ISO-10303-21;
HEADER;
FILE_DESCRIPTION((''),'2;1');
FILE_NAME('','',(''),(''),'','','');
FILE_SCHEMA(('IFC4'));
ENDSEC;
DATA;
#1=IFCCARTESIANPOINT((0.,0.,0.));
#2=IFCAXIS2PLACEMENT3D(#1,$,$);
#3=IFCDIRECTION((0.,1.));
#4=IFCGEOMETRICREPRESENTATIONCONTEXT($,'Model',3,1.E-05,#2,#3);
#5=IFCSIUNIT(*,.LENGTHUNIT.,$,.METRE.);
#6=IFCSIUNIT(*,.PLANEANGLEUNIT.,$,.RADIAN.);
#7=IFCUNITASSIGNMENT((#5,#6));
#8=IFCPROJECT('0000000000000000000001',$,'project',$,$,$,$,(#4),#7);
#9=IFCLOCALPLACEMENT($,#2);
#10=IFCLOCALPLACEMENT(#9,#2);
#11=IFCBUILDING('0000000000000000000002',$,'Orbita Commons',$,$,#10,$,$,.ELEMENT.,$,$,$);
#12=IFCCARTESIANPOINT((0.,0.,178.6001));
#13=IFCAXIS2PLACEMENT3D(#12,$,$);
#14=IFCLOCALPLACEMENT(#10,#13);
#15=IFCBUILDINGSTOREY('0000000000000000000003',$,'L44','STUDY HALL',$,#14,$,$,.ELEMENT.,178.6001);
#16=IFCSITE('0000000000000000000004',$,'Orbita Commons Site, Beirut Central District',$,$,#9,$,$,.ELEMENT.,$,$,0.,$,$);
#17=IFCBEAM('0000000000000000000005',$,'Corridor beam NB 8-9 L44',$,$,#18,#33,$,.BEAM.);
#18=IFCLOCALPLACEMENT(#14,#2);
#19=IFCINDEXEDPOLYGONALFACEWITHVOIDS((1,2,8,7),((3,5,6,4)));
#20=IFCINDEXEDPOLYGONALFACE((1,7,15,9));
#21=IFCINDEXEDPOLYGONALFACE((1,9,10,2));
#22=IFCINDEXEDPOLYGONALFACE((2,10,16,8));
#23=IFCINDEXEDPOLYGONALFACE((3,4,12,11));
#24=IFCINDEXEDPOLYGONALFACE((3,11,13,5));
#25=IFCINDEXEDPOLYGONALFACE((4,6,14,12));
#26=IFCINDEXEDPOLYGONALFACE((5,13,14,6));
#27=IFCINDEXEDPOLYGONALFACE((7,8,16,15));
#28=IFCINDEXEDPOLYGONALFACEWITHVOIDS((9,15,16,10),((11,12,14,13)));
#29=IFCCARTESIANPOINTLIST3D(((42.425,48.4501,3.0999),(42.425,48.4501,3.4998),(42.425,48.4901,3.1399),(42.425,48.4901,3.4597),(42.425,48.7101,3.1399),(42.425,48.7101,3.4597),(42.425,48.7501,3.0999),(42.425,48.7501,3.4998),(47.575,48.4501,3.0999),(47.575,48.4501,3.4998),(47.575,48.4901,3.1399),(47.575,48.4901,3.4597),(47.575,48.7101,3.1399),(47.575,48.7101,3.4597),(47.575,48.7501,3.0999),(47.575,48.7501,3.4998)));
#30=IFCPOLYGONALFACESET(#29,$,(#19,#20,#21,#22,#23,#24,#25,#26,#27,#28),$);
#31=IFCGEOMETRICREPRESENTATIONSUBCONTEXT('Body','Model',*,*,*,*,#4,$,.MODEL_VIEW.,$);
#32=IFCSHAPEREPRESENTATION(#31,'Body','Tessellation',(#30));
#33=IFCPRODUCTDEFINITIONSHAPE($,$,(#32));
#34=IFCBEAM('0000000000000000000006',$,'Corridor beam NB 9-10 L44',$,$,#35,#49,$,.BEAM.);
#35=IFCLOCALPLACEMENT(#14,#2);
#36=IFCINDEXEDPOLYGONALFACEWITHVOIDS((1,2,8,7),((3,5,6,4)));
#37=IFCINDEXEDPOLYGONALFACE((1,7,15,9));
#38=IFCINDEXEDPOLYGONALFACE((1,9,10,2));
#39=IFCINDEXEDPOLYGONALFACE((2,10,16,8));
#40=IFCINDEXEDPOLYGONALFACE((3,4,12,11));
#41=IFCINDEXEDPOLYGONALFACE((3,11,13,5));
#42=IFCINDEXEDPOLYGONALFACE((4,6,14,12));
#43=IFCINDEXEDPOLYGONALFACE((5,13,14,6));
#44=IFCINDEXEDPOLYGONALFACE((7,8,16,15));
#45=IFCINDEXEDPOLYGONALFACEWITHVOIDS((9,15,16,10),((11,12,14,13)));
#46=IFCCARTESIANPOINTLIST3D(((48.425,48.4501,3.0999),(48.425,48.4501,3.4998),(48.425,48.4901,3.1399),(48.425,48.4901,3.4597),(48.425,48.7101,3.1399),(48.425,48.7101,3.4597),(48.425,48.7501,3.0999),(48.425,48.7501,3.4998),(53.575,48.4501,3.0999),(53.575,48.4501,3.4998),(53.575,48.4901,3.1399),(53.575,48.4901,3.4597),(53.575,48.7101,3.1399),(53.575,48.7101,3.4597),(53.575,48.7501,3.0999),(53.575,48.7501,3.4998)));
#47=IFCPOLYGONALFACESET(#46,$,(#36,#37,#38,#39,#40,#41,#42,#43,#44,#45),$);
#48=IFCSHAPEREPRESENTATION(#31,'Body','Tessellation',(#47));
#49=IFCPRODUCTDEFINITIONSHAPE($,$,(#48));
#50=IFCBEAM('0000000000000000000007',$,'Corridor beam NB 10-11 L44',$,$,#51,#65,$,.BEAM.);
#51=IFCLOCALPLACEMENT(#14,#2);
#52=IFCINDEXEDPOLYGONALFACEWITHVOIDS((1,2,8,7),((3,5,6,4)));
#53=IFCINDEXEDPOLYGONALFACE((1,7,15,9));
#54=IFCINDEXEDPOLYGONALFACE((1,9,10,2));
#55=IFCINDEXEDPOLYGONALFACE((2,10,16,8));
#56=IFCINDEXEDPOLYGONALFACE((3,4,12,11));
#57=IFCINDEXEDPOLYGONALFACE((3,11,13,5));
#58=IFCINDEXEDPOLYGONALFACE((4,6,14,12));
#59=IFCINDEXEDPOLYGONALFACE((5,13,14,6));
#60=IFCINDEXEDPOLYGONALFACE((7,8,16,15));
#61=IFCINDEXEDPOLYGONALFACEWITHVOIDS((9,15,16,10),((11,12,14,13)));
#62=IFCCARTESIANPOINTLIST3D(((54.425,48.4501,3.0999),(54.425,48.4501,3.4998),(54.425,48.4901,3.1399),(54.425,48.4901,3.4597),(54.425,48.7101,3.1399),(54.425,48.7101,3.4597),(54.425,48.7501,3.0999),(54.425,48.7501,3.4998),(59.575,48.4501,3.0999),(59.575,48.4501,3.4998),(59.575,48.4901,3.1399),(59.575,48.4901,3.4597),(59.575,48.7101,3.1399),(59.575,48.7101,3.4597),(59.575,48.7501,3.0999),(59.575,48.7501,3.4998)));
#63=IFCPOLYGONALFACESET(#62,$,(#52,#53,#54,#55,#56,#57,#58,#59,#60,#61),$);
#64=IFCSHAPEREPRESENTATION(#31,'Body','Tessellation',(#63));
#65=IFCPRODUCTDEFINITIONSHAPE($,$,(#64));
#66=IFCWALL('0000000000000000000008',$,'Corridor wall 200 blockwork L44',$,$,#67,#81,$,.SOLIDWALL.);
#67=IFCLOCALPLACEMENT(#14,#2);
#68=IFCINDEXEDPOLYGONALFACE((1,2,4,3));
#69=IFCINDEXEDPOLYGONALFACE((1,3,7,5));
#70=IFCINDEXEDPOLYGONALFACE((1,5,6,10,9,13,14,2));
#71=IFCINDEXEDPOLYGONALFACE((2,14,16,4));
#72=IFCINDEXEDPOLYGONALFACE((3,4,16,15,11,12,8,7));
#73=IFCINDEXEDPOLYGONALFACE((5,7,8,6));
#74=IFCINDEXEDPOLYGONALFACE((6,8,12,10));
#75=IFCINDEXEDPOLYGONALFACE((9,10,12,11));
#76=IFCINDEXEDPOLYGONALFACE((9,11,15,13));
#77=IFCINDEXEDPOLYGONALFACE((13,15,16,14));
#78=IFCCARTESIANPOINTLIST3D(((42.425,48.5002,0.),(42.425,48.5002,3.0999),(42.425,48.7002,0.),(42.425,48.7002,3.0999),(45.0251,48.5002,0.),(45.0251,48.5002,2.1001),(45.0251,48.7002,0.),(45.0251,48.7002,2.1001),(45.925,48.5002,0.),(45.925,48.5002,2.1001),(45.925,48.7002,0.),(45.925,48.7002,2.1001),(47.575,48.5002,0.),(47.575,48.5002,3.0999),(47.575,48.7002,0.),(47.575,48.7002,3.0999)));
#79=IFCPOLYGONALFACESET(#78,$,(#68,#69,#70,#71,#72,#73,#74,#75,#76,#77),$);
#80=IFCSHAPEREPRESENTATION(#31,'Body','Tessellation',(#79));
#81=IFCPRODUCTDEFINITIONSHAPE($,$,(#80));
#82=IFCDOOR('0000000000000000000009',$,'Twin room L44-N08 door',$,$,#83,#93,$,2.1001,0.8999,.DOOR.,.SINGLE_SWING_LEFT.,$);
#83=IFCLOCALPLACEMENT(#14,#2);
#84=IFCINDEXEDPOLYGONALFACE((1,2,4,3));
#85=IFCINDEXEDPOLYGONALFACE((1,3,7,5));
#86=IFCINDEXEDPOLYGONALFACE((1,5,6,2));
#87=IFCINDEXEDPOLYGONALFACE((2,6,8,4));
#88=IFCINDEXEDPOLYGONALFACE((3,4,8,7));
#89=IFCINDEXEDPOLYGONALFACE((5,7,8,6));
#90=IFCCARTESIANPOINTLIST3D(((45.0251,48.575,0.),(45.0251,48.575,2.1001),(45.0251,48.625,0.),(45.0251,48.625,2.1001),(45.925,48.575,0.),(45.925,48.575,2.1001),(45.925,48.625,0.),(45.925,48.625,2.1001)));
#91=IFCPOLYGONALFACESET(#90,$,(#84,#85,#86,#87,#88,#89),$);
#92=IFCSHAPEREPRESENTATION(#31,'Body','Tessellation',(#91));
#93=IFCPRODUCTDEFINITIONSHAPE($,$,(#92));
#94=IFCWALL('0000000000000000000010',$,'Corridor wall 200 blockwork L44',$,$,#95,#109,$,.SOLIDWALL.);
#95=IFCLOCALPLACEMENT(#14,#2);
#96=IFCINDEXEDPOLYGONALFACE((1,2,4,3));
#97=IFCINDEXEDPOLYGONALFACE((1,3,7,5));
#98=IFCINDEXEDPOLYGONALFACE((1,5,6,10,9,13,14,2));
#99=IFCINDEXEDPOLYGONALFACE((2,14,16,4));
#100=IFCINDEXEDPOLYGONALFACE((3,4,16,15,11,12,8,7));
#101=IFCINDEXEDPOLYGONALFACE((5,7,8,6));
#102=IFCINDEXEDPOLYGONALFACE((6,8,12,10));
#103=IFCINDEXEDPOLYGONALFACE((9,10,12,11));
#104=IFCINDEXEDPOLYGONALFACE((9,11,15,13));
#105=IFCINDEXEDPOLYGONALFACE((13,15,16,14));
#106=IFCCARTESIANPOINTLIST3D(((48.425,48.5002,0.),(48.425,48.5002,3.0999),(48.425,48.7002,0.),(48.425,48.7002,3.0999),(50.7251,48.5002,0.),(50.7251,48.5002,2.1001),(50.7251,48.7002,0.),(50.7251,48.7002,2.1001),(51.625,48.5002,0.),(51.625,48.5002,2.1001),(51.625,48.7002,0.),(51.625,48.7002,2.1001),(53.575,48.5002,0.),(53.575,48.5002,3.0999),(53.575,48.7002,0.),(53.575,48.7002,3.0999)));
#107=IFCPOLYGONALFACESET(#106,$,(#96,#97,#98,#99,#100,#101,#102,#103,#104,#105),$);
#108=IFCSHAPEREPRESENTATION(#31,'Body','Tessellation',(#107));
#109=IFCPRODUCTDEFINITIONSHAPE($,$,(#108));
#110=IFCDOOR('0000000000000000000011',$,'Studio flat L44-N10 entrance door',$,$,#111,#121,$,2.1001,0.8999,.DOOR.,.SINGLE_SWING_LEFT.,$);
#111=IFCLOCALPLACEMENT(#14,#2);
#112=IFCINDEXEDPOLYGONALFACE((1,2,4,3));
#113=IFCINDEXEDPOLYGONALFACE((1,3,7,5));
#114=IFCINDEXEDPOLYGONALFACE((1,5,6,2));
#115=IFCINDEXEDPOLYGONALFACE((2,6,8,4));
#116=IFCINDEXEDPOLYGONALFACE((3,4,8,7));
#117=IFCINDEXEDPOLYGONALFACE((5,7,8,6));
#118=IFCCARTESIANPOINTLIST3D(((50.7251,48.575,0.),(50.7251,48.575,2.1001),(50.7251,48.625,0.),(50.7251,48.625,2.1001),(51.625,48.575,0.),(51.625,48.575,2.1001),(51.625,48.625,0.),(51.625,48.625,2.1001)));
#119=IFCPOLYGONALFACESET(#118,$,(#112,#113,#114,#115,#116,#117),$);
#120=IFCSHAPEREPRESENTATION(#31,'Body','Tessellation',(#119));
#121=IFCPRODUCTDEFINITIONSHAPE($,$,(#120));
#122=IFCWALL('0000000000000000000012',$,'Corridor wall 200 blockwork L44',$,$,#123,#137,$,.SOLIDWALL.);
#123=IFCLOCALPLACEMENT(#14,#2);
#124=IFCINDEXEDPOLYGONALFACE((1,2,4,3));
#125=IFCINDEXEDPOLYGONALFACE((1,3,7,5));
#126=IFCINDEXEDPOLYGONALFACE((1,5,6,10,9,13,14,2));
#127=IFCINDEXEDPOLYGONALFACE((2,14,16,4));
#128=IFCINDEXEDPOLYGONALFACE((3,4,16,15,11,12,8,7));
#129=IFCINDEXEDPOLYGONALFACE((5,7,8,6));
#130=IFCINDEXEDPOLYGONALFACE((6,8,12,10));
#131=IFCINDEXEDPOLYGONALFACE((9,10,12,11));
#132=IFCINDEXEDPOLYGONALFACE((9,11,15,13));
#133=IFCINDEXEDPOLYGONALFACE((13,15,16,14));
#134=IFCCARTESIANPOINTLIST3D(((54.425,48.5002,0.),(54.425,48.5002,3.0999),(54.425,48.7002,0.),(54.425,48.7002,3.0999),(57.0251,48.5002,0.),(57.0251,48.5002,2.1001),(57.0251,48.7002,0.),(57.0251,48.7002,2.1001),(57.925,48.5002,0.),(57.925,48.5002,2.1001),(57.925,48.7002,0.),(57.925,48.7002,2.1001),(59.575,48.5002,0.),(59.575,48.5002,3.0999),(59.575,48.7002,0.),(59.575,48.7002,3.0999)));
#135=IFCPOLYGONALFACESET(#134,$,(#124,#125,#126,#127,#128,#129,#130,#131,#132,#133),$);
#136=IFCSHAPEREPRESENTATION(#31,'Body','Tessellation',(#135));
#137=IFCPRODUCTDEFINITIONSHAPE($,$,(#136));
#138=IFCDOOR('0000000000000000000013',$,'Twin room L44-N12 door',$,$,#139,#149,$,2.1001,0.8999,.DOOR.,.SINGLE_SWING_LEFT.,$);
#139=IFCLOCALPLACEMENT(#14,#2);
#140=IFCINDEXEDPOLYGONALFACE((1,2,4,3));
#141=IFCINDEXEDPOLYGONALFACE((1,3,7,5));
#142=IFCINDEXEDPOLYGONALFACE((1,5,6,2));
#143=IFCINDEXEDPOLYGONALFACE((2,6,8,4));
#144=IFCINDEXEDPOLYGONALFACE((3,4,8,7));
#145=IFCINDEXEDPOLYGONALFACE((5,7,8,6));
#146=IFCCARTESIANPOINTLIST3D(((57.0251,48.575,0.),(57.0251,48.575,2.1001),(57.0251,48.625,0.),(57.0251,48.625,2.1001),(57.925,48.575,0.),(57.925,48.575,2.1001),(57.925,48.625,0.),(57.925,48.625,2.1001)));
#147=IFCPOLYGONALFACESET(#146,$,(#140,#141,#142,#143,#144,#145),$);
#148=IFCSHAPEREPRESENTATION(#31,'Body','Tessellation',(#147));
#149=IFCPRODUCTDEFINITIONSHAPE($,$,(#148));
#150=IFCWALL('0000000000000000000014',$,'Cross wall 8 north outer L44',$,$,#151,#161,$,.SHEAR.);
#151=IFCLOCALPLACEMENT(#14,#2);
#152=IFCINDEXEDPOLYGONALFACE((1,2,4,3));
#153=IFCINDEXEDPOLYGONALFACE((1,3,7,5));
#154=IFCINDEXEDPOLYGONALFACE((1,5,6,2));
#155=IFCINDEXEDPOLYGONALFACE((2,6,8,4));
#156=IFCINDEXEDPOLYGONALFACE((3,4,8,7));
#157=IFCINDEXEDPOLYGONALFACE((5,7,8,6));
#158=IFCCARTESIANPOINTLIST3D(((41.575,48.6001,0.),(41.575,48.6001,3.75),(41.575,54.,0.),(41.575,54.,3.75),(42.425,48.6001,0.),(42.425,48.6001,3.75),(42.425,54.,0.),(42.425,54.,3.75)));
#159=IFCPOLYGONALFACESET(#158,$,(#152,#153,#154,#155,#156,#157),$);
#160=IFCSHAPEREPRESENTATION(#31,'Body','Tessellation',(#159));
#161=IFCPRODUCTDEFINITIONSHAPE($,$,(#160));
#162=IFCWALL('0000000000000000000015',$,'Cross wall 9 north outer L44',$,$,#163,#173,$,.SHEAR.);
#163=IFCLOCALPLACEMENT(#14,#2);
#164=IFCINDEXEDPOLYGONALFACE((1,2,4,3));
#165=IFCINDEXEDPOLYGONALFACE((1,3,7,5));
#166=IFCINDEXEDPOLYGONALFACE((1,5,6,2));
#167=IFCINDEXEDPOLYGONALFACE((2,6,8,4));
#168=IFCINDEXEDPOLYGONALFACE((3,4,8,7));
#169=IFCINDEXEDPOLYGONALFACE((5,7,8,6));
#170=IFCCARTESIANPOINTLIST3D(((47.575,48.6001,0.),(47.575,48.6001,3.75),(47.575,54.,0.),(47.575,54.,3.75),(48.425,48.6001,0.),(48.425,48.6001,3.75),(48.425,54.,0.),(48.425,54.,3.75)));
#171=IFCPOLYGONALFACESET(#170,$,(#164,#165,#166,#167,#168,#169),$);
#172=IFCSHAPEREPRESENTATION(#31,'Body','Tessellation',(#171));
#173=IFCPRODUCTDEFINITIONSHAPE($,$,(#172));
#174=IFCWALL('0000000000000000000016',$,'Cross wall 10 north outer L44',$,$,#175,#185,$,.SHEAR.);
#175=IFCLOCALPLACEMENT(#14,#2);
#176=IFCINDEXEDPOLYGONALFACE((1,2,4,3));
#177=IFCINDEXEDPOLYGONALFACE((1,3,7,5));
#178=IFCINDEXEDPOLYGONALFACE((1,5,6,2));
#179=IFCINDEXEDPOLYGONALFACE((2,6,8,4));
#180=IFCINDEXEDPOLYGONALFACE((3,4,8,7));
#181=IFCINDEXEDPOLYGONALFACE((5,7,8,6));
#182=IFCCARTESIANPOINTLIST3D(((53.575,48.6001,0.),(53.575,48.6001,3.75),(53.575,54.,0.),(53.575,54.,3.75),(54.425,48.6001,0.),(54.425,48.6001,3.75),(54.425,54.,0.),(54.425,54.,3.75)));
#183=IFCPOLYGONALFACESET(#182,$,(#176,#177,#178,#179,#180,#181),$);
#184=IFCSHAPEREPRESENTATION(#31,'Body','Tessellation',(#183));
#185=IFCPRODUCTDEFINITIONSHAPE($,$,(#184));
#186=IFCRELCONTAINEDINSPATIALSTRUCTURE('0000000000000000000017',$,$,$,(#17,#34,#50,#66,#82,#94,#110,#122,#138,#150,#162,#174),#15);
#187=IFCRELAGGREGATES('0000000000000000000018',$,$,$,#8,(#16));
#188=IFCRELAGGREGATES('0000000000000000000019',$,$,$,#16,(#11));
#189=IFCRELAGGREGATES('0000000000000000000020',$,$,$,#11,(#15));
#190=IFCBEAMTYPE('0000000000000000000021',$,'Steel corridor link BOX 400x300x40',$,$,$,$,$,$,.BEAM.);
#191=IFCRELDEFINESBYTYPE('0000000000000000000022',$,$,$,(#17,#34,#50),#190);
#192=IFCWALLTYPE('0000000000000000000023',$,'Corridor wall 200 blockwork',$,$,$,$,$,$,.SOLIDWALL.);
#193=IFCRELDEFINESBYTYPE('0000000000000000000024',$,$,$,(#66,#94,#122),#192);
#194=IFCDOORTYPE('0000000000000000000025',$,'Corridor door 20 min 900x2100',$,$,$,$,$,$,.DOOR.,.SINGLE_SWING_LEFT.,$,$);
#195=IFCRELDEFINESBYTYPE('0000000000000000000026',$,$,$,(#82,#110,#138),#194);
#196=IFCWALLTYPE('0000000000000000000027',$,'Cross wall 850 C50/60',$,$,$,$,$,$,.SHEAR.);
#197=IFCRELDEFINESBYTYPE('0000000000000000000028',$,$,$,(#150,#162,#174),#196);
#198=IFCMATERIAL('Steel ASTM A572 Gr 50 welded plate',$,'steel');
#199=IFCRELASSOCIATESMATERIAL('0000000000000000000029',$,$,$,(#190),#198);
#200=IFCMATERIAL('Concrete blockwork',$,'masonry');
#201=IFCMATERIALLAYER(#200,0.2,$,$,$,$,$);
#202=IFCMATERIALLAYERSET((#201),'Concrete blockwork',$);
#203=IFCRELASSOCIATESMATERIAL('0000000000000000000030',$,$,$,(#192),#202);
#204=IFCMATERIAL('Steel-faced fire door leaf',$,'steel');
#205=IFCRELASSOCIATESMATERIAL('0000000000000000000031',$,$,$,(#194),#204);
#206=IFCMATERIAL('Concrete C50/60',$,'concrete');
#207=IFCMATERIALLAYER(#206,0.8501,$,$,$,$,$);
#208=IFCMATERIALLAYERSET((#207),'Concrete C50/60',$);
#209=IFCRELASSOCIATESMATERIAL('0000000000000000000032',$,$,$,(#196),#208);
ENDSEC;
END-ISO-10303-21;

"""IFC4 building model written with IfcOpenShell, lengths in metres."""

from ifc_helpers import new_model, si_unit, direction, frame, frame_2d, origin, origin_2d, place, context, subcontext, project, spatial, polyline, rectangle, hollow_rectangle, outline, extrude, material, layer, layer_set, material_profile, profile_set, type_object, element, fill, save


model = new_model("IFC4")

# Units and contexts
model_context = context("Model", 3, precision=1e-05, world=origin(), true_north=direction((0.0, 1.0)))
body_context = subcontext(model_context, "Body", "Model", "MODEL_VIEW")
ifc_project = project(units=[si_unit("LENGTHUNIT", "METRE"), si_unit("PLANEANGLEUNIT", "RADIAN")], contexts=[model_context])

# Site, building, storey
site_placement = place(None, origin())
site = spatial("IfcSite", under=ifc_project, at=site_placement, Name="Orbita Commons Site, Beirut Central District", CompositionType="ELEMENT", RefElevation=0.0)
building_placement = place(site_placement, origin())
building = spatial("IfcBuilding", under=site, at=building_placement, Name="Orbita Commons", CompositionType="ELEMENT")
storey_placement = place(building_placement, frame((0.0, 0.0, 178.6001)))
storey = spatial("IfcBuildingStorey", under=building, at=storey_placement, Name="L44", Description="STUDY HALL", CompositionType="ELEMENT", Elevation=178.6001)

# Beams
ifc_material_1 = material(Name="Steel ASTM A572 Gr 50 welded plate", Category="steel")
ifc_material_profile = material_profile(ifc_material_1, hollow_rectangle(XDim=0.3, YDim=0.3999, WallThickness=0.04, at=origin_2d()), Name="BOX 400x300x40")
ifc_profile_set = profile_set([ifc_material_profile], Name="Steel ASTM A572 Gr 50 welded plate")
beam_type = type_object("IfcBeamType", Name="Steel corridor link BOX 400x300x40", PredefinedType="BEAM", material=ifc_profile_set)
for number, where, z_axis, x_axis, name in (
    (1, (42.425, 48.6001, 3.2998), (1.0, 0.0, 0.0), (0.0, 1.0, 0.0), "Corridor beam NB 8-9 L44"),
    (2, (48.425, 48.6001, 3.2998), (1.0, 0.0, 0.0), (0.0, 1.0, 0.0), "Corridor beam NB 9-10 L44"),
    (3, (54.425, 48.6001, 3.2998), (1.0, 0.0, 0.0), (0.0, 1.0, 0.0), "Corridor beam NB 10-11 L44"),
):
    element("IfcBeam", number, at=place(storey_placement, frame(where, z_axis=z_axis, x_axis=x_axis)), inside=storey, type_object=beam_type, Name=name, PredefinedType="BEAM", context=body_context, shape_type="SweptSolid", body=[
        extrude(hollow_rectangle(XDim=0.3, YDim=0.3999, WallThickness=0.04, at=origin_2d()), origin(), (0.0, 0.0, 1.0), 5.1499),
    ])

# Walls, openings, doors
ifc_material_2 = material(Name="Concrete blockwork", Category="masonry")
ifc_layer_1 = layer(ifc_material_2, 0.2)
ifc_layer_set_1 = layer_set([ifc_layer_1], Name="Concrete blockwork")
wall_type_1 = type_object("IfcWallType", Name="Corridor wall 200 blockwork", PredefinedType="SOLIDWALL", material=ifc_layer_set_1)
wall_1_placement = place(storey_placement, frame((42.425, 48.6001, 0.0), z_axis=(0.0, 0.0, 1.0), x_axis=(1.0, 0.0, 0.0)))
wall_1 = element("IfcWall", 4, at=wall_1_placement, inside=storey, type_object=wall_type_1, Name="Corridor wall 200 blockwork L44", PredefinedType="SOLIDWALL", context=body_context, shape_type="SweptSolid", body=[
    extrude(outline(polyline([(0.0, 0.0), (5.1499, 0.0), (5.1499, 3.0999), (0.0, 3.0999), (0.0, 0.0)])), frame((0.0, 0.1001, 0.0), z_axis=(0.0, -1.0, 0.0), x_axis=(1.0, 0.0, 0.0)), (0.0, 0.0, 1.0), 0.2),
])
opening_1_placement = place(wall_1_placement, frame((2.6001, 0.0, 0.0)))
opening_1 = element("IfcOpeningElement", 5, at=opening_1_placement, cuts=wall_1, PredefinedType="OPENING", context=body_context, shape_type="SweptSolid", body=[
    extrude(rectangle(XDim=0.8999, YDim=2.1001, at=frame_2d((0.45, 1.05))), frame((0.0, 0.1099, 0.0), z_axis=(0.0, -1.0, 0.0), x_axis=(1.0, 0.0, 0.0)), (0.0, 0.0, 1.0), 0.22),
])
ifc_material_3 = material(Name="Steel-faced fire door leaf", Category="steel")
door_type_1 = type_object("IfcDoorType", Name="Corridor door 20 min 900x2100", OperationType="SINGLE_SWING_LEFT", PredefinedType="DOOR", material=ifc_material_3)
door_1_placement = place(opening_1_placement, origin())
door_1 = element("IfcDoor", 6, at=door_1_placement, inside=storey, type_object=door_type_1, Name="Twin room L44-N08 door", OperationType="SINGLE_SWING_LEFT", OverallHeight=2.1001, OverallWidth=0.8999, PredefinedType="DOOR", context=body_context, shape_type="SweptSolid", body=[
    extrude(rectangle(XDim=0.8999, YDim=2.1001, at=frame_2d((0.45, 1.05))), frame((0.0, 0.0249, 0.0), z_axis=(0.0, -1.0, 0.0), x_axis=(1.0, 0.0, 0.0)), (0.0, 0.0, 1.0), 0.05),
])
fill(opening_1, door_1)
wall_2_placement = place(storey_placement, frame((48.425, 48.6001, 0.0), z_axis=(0.0, 0.0, 1.0), x_axis=(1.0, 0.0, 0.0)))
wall_2 = element("IfcWall", 7, at=wall_2_placement, inside=storey, type_object=wall_type_1, Name="Corridor wall 200 blockwork L44", PredefinedType="SOLIDWALL", context=body_context, shape_type="SweptSolid", body=[
    extrude(outline(polyline([(0.0, 0.0), (5.1499, 0.0), (5.1499, 3.0999), (0.0, 3.0999), (0.0, 0.0)])), frame((0.0, 0.1001, 0.0), z_axis=(0.0, -1.0, 0.0), x_axis=(1.0, 0.0, 0.0)), (0.0, 0.0, 1.0), 0.2),
])
opening_2_placement = place(wall_2_placement, frame((2.3, 0.0, 0.0)))
opening_2 = element("IfcOpeningElement", 8, at=opening_2_placement, cuts=wall_2, PredefinedType="OPENING", context=body_context, shape_type="SweptSolid", body=[
    extrude(rectangle(XDim=0.8999, YDim=2.1001, at=frame_2d((0.45, 1.05))), frame((0.0, 0.1099, 0.0), z_axis=(0.0, -1.0, 0.0), x_axis=(1.0, 0.0, 0.0)), (0.0, 0.0, 1.0), 0.22),
])
door_2_placement = place(opening_2_placement, origin())
door_2 = element("IfcDoor", 9, at=door_2_placement, inside=storey, type_object=door_type_1, Name="Studio flat L44-N10 entrance door", OperationType="SINGLE_SWING_LEFT", OverallHeight=2.1001, OverallWidth=0.8999, PredefinedType="DOOR", context=body_context, shape_type="SweptSolid", body=[
    extrude(rectangle(XDim=0.8999, YDim=2.1001, at=frame_2d((0.45, 1.05))), frame((0.0, 0.0249, 0.0), z_axis=(0.0, -1.0, 0.0), x_axis=(1.0, 0.0, 0.0)), (0.0, 0.0, 1.0), 0.05),
])
fill(opening_2, door_2)
wall_3_placement = place(storey_placement, frame((54.425, 48.6001, 0.0), z_axis=(0.0, 0.0, 1.0), x_axis=(1.0, 0.0, 0.0)))
wall_3 = element("IfcWall", 10, at=wall_3_placement, inside=storey, type_object=wall_type_1, Name="Corridor wall 200 blockwork L44", PredefinedType="SOLIDWALL", context=body_context, shape_type="SweptSolid", body=[
    extrude(outline(polyline([(0.0, 0.0), (5.1499, 0.0), (5.1499, 3.0999), (0.0, 3.0999), (0.0, 0.0)])), frame((0.0, 0.1001, 0.0), z_axis=(0.0, -1.0, 0.0), x_axis=(1.0, 0.0, 0.0)), (0.0, 0.0, 1.0), 0.2),
])
opening_3_placement = place(wall_3_placement, frame((2.6001, 0.0, 0.0)))
opening_3 = element("IfcOpeningElement", 11, at=opening_3_placement, cuts=wall_3, PredefinedType="OPENING", context=body_context, shape_type="SweptSolid", body=[
    extrude(rectangle(XDim=0.8999, YDim=2.1001, at=frame_2d((0.45, 1.05))), frame((0.0, 0.1099, 0.0), z_axis=(0.0, -1.0, 0.0), x_axis=(1.0, 0.0, 0.0)), (0.0, 0.0, 1.0), 0.22),
])
door_3_placement = place(opening_3_placement, origin())
door_3 = element("IfcDoor", 12, at=door_3_placement, inside=storey, type_object=door_type_1, Name="Twin room L44-N12 door", OperationType="SINGLE_SWING_LEFT", OverallHeight=2.1001, OverallWidth=0.8999, PredefinedType="DOOR", context=body_context, shape_type="SweptSolid", body=[
    extrude(rectangle(XDim=0.8999, YDim=2.1001, at=frame_2d((0.45, 1.05))), frame((0.0, 0.0249, 0.0), z_axis=(0.0, -1.0, 0.0), x_axis=(1.0, 0.0, 0.0)), (0.0, 0.0, 1.0), 0.05),
])
fill(opening_3, door_3)

# Walls
ifc_material_4 = material(Name="Concrete C50/60", Category="concrete")
ifc_layer_2 = layer(ifc_material_4, 0.8501)
ifc_layer_set_2 = layer_set([ifc_layer_2], Name="Concrete C50/60")
wall_type_2 = type_object("IfcWallType", Name="Cross wall 850 C50/60", PredefinedType="SHEAR", material=ifc_layer_set_2)
for number, where, z_axis, x_axis, name in (
    (13, (42.0, 48.6001, 0.0), (0.0, 0.0, 1.0), (0.0, 1.0, 0.0), "Cross wall 8 north outer L44"),
    (14, (48.0, 48.6001, 0.0), (0.0, 0.0, 1.0), (0.0, 1.0, 0.0), "Cross wall 9 north outer L44"),
    (15, (54.0, 48.6001, 0.0), (0.0, 0.0, 1.0), (0.0, 1.0, 0.0), "Cross wall 10 north outer L44"),
):
    element("IfcWall", number, at=place(storey_placement, frame(where, z_axis=z_axis, x_axis=x_axis)), inside=storey, type_object=wall_type_2, Name=name, PredefinedType="SHEAR", context=body_context, shape_type="SweptSolid", body=[
        extrude(rectangle(XDim=5.3999, YDim=0.8501, at=frame_2d((2.7, 0.0))), origin(), (0.0, 0.0, 1.0), 3.75),
    ])

save(model, "model.ifc")
